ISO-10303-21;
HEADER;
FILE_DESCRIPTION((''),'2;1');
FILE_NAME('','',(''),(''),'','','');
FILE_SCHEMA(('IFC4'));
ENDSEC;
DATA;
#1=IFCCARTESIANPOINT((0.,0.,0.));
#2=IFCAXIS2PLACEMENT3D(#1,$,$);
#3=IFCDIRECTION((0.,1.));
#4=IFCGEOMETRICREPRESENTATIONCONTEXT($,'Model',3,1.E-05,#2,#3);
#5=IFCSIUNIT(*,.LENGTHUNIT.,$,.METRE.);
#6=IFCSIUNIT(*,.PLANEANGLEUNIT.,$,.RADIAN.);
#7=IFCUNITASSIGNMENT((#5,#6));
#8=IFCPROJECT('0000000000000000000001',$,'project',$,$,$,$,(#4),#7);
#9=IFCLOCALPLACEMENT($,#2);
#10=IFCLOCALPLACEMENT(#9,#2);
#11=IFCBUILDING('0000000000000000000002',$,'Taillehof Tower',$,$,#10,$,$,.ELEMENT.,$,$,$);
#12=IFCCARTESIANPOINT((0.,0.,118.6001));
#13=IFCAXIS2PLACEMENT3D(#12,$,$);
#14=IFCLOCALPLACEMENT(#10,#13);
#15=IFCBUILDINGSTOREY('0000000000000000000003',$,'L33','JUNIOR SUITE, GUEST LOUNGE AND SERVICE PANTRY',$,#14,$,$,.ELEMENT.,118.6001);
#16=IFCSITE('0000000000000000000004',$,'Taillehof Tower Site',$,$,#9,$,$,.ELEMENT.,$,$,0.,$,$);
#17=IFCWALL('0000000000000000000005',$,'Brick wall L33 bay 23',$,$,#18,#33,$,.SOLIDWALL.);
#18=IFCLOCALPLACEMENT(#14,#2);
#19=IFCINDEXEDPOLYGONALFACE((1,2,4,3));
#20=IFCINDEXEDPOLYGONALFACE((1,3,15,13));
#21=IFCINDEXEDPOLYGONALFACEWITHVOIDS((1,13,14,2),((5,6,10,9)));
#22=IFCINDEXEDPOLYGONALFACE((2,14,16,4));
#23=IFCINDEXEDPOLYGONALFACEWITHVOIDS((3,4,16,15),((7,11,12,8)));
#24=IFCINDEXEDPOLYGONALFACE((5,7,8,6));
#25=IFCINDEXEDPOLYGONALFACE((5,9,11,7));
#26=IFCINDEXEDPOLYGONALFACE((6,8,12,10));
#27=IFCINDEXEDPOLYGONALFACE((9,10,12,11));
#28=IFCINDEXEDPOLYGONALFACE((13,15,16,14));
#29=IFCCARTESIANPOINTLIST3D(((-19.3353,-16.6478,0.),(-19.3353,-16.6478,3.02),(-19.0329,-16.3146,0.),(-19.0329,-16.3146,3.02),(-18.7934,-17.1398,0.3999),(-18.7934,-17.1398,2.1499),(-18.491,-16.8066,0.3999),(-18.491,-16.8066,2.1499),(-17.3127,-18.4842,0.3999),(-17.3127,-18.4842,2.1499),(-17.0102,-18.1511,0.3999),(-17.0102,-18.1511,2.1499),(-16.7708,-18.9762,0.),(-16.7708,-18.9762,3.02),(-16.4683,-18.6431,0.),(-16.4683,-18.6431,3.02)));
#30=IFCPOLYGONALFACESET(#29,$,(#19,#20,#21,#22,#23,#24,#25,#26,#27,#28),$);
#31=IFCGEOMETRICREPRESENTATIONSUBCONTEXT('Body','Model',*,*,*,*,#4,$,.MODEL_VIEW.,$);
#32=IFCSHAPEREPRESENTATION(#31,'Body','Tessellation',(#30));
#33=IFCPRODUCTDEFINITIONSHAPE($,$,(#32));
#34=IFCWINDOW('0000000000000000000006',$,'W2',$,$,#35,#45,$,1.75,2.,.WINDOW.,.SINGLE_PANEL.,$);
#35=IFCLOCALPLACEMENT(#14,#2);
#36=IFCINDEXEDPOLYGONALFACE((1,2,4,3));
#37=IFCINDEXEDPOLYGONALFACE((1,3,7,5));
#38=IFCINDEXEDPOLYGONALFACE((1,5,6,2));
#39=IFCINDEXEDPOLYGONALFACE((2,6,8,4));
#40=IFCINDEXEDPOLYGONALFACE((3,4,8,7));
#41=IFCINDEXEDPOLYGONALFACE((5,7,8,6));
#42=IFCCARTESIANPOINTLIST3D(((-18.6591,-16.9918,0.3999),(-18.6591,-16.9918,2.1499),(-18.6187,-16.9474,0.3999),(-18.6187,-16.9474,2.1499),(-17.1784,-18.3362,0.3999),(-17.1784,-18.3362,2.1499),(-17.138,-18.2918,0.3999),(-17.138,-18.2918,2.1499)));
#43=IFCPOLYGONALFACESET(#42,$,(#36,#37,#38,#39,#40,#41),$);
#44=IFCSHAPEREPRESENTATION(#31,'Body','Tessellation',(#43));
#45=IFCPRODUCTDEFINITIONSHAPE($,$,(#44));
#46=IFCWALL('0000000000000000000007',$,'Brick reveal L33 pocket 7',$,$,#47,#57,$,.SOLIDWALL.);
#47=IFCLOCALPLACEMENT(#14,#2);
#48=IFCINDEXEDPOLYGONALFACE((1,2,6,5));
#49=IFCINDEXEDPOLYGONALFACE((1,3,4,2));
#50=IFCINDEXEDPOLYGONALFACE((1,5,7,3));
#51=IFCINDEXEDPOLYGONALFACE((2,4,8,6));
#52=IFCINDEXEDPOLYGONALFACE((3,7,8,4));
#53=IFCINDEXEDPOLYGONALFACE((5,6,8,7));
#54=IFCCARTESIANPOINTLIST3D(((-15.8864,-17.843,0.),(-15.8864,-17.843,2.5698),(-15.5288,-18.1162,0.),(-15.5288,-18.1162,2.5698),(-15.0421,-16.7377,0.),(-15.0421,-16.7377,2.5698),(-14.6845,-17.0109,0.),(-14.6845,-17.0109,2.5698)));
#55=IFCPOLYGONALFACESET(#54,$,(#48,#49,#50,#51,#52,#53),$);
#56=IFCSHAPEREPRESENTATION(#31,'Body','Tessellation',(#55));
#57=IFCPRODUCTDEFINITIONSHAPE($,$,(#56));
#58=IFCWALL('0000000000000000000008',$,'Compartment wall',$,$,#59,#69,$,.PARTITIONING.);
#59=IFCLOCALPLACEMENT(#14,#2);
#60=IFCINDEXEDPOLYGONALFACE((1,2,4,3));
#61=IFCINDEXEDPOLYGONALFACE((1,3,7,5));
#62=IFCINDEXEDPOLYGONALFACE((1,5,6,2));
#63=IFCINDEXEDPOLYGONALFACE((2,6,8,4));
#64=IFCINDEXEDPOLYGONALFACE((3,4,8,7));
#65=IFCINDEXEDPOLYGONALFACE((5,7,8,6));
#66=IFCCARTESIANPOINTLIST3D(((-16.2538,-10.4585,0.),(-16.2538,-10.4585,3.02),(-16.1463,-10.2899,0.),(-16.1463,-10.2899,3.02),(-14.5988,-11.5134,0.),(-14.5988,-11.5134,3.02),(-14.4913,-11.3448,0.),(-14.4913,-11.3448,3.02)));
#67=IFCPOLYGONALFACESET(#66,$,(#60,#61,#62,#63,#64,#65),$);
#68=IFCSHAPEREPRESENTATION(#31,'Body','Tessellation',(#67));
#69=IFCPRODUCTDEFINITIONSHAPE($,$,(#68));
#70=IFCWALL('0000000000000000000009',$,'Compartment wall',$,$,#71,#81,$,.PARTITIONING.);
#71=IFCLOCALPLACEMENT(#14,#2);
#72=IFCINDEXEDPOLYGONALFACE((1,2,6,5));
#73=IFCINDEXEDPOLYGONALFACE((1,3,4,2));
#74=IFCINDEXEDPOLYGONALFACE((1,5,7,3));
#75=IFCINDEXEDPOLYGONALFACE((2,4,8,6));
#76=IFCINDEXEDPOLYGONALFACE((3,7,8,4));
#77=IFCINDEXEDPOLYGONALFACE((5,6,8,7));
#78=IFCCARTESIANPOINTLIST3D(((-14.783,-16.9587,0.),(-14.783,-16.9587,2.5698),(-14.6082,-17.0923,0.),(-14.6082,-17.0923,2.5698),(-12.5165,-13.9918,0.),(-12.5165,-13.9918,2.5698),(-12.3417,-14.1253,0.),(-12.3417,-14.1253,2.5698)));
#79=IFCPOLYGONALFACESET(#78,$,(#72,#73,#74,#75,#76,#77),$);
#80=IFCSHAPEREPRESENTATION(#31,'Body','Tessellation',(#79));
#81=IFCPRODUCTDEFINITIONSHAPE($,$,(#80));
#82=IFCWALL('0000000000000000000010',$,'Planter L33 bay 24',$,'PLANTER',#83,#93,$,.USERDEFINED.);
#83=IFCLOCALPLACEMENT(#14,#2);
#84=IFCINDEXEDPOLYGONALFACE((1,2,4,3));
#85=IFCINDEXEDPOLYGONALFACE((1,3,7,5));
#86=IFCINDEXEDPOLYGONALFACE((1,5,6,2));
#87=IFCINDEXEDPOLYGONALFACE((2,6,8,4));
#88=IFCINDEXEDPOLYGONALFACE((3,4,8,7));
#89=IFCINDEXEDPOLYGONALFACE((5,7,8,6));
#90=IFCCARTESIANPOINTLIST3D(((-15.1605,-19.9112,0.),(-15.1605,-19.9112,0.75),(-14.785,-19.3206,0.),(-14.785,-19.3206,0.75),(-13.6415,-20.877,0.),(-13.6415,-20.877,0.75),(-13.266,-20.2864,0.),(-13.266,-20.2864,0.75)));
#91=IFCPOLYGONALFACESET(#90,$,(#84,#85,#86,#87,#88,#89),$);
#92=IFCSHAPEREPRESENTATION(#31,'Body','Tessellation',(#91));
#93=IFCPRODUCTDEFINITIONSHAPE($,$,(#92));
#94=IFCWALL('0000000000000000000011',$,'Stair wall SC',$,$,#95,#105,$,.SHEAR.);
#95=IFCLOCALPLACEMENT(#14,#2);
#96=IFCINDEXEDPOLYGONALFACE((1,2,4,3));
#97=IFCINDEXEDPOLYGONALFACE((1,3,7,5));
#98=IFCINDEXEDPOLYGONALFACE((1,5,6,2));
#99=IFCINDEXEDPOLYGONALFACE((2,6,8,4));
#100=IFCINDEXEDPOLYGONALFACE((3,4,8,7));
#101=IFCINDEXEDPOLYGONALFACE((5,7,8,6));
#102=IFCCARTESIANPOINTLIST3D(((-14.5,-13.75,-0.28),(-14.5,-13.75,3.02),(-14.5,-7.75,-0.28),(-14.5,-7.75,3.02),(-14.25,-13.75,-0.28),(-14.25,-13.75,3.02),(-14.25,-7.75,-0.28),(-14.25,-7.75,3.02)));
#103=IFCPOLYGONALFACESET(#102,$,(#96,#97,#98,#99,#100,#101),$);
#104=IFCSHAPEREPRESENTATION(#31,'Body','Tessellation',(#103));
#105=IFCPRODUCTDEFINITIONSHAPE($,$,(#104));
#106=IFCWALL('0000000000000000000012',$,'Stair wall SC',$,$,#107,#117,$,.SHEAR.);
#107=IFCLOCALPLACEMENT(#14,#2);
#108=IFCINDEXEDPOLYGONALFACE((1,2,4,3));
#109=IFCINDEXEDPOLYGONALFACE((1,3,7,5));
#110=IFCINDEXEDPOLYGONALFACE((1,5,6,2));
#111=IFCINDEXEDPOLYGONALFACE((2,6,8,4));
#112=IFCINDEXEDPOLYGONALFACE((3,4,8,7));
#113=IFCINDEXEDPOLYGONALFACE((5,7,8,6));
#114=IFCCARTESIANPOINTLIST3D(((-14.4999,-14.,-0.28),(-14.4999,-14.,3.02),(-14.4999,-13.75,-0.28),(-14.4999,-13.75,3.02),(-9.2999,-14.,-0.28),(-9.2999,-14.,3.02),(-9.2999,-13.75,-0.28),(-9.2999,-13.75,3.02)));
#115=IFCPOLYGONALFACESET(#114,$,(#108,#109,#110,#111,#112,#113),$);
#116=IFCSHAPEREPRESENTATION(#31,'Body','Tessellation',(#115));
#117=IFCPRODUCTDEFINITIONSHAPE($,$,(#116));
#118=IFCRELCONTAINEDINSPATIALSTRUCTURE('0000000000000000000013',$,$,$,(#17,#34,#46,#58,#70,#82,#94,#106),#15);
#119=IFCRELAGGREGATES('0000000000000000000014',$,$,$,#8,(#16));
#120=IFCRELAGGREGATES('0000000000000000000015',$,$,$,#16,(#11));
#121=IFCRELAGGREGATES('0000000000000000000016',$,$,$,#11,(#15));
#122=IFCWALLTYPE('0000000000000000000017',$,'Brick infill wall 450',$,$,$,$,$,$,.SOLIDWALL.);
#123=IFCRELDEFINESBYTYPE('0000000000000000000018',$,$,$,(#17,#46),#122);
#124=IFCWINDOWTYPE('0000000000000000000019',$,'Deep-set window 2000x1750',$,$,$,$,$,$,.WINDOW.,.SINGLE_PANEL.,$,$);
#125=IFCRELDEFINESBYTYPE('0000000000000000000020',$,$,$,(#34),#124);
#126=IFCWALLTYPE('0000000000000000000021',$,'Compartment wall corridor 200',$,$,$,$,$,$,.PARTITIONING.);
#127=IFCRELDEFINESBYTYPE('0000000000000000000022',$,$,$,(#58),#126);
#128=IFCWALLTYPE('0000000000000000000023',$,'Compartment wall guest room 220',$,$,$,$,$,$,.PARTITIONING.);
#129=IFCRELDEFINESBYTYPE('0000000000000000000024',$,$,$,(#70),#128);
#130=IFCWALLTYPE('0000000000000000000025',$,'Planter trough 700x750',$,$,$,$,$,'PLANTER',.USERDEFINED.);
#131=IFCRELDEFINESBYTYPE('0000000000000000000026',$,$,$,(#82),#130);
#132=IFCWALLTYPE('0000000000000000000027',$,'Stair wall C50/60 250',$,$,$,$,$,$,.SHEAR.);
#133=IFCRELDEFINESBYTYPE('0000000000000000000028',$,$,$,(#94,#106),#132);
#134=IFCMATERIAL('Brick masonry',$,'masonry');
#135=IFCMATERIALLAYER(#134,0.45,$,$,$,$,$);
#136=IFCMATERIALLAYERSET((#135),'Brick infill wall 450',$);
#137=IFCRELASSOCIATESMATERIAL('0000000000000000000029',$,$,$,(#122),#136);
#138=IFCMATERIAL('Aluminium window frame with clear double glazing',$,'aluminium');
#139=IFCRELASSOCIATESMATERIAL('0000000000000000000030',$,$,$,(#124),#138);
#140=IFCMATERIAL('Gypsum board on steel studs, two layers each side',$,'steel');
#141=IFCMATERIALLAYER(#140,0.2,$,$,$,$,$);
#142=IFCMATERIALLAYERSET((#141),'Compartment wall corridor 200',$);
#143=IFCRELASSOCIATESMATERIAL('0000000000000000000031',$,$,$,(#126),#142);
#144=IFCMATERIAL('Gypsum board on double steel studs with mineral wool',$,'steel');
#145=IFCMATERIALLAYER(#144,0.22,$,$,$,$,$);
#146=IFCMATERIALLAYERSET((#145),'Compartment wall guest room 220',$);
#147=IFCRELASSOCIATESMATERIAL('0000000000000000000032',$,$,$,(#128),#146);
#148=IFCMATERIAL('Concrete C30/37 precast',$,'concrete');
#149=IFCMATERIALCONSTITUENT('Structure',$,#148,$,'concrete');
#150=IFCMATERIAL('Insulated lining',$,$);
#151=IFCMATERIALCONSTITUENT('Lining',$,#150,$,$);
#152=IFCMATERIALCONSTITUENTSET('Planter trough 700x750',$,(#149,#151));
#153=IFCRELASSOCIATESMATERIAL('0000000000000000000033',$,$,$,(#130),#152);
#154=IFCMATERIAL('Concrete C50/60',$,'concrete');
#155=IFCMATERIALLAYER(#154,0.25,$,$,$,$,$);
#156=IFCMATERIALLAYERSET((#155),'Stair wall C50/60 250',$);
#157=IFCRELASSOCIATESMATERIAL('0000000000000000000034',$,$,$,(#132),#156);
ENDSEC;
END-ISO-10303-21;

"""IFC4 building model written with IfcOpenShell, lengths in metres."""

from ifc_helpers import new_model, si_unit, direction, frame, frame_2d, origin, place, context, subcontext, project, spatial, rectangle, extrude, material, layer, layer_set, constituent, constituent_set, type_object, element, fill, save


model = new_model("IFC4")

# Units and contexts
model_context = context("Model", 3, precision=1e-05, world=origin(), true_north=direction((0.0, 1.0)))
body_context = subcontext(model_context, "Body", "Model", "MODEL_VIEW")
ifc_project = project(units=[si_unit("LENGTHUNIT", "METRE"), si_unit("PLANEANGLEUNIT", "RADIAN")], contexts=[model_context])

# Site, building, storey
site_placement = place(None, origin())
site = spatial("IfcSite", under=ifc_project, at=site_placement, Name="Taillehof Tower Site", CompositionType="ELEMENT", RefElevation=0.0)
building_placement = place(site_placement, origin())
building = spatial("IfcBuilding", under=site, at=building_placement, Name="Taillehof Tower", CompositionType="ELEMENT")
storey_placement = place(building_placement, frame((0.0, 0.0, 118.6001)))
storey = spatial("IfcBuildingStorey", under=building, at=storey_placement, Name="L33", Description="JUNIOR SUITE, GUEST LOUNGE AND SERVICE PANTRY", CompositionType="ELEMENT", Elevation=118.6001)

# Wall, opening, window
ifc_material_1 = material(Name="Brick masonry", Category="masonry")
ifc_layer_1 = layer(ifc_material_1, 0.45)
ifc_layer_set_1 = layer_set([ifc_layer_1], Name="Brick infill wall 450")
wall_type_1 = type_object("IfcWallType", Name="Brick infill wall 450", PredefinedType="SOLIDWALL", material=ifc_layer_set_1)
ifc_material_2 = material(Name="Aluminium window frame with clear double glazing", Category="aluminium")
window_type_1 = type_object("IfcWindowType", Name="Deep-set window 2000x1750", PartitioningType="SINGLE_PANEL", PredefinedType="WINDOW", material=ifc_material_2)
wall_1_placement = place(storey_placement, frame((-19.1841, -16.4812, 0.0), z_axis=(0.0, 0.0, 1.0), x_axis=(0.740364, -0.672206, 0.0)))
wall_1 = element("IfcWall", 1, at=wall_1_placement, inside=storey, type_object=wall_type_1, Name="Brick wall L33 bay 23", PredefinedType="SOLIDWALL", context=body_context, shape_type="SweptSolid", body=[
    extrude(rectangle(XDim=3.4639, YDim=0.45, at=frame_2d((1.7319, 0.0))), origin(), (0.0, 0.0, 1.0), 3.02),
])
opening_1_placement = place(wall_1_placement, frame((0.7319, 0.0, 0.3999)))
opening_1 = element("IfcOpeningElement", 2, at=opening_1_placement, cuts=wall_1, PredefinedType="OPENING", context=body_context, shape_type="SweptSolid", body=[
    extrude(rectangle(XDim=2.0, YDim=1.75, at=frame_2d((1.0, 0.875))), frame((0.0, 0.2349, 0.0), z_axis=(0.0, -1.0, 0.0), x_axis=(1.0, 0.0, 0.0)), (0.0, 0.0, 1.0), 0.47),
])
window_1_placement = place(opening_1_placement, origin())
window_1 = element("IfcWindow", 3, at=window_1_placement, inside=storey, type_object=window_type_1, Name="W2", OverallHeight=1.75, OverallWidth=2.0, PartitioningType="SINGLE_PANEL", PredefinedType="WINDOW", context=body_context, shape_type="SweptSolid", body=[
    extrude(rectangle(XDim=2.0, YDim=1.75, at=frame_2d((1.0, 0.875))), frame((0.0, 0.0349, 0.0), z_axis=(0.0, -1.0, 0.0), x_axis=(1.0, 0.0, 0.0)), (0.0, 0.0, 1.0), 0.0601),
])
fill(opening_1, window_1)

# Wall
wall_2_placement = place(storey_placement, frame((-15.7075, -17.9795, 0.0), z_axis=(0.0, 0.0, 1.0), x_axis=(0.607026, 0.794682, 0.0)))
element("IfcWall", 4, at=wall_2_placement, inside=storey, type_object=wall_type_1, Name="Brick reveal L33 pocket 7", PredefinedType="SOLIDWALL", context=body_context, shape_type="SweptSolid", body=[
    extrude(rectangle(XDim=1.3909, YDim=0.45, at=frame_2d((0.6953, 0.0))), origin(), (0.0, 0.0, 1.0), 2.5698),
])

# Walls
ifc_material_3 = material(Name="Gypsum board on steel studs, two layers each side", Category="steel")
ifc_layer_2 = layer(ifc_material_3, 0.2)
ifc_layer_set_2 = layer_set([ifc_layer_2], Name="Compartment wall corridor 200")
wall_type_2 = type_object("IfcWallType", Name="Compartment wall corridor 200", PredefinedType="PARTITIONING", material=ifc_layer_set_2)
wall_3_placement = place(storey_placement, frame((-14.5449, -11.4292, 0.0), z_axis=(0.0, 0.0, 1.0), x_axis=(-0.843262, 0.537503, 0.0)))
element("IfcWall", 5, at=wall_3_placement, inside=storey, type_object=wall_type_2, Name="Compartment wall", PredefinedType="PARTITIONING", context=body_context, shape_type="SweptSolid", body=[
    extrude(rectangle(XDim=1.9626, YDim=0.2, at=frame_2d((0.9814, 0.0))), origin(), (0.0, 0.0, 1.0), 3.02),
])
ifc_material_4 = material(Name="Gypsum board on double steel studs with mineral wool", Category="steel")
ifc_layer_3 = layer(ifc_material_4, 0.22)
ifc_layer_set_3 = layer_set([ifc_layer_3], Name="Compartment wall guest room 220")
wall_type_3 = type_object("IfcWallType", Name="Compartment wall guest room 220", PredefinedType="PARTITIONING", material=ifc_layer_set_3)
wall_4_placement = place(storey_placement, frame((-14.6956, -17.0254, 0.0), z_axis=(0.0, 0.0, 1.0), x_axis=(0.607059, 0.794657, 0.0)))
element("IfcWall", 6, at=wall_4_placement, inside=storey, type_object=wall_type_3, Name="Compartment wall", PredefinedType="PARTITIONING", context=body_context, shape_type="SweptSolid", body=[
    extrude(rectangle(XDim=3.7336, YDim=0.22, at=frame_2d((1.8667, 0.0))), origin(), (0.0, 0.0, 1.0), 2.5698),
])
ifc_material_5 = material(Name="Concrete C30/37 precast", Category="concrete")
ifc_constituent_1 = constituent(ifc_material_5, Name="Structure", Category="concrete")
ifc_material_6 = material(Name="Insulated lining")
ifc_constituent_2 = constituent(ifc_material_6, Name="Lining")
ifc_constituent_set = constituent_set(constituents=[ifc_constituent_1, ifc_constituent_2], Name="Planter trough 700x750")
wall_type_4 = type_object("IfcWallType", Name="Planter trough 700x750", ElementType="PLANTER", PredefinedType="USERDEFINED", material=ifc_constituent_set)
wall_5_placement = place(storey_placement, frame((-14.9727, -19.616, 0.0), z_axis=(0.0, 0.0, 1.0), x_axis=(0.843874, -0.536542, 0.0)))
element("IfcWall", 7, at=wall_5_placement, inside=storey, type_object=wall_type_4, Name="Planter L33 bay 24", ObjectType="PLANTER", PredefinedType="USERDEFINED", context=body_context, shape_type="SweptSolid", body=[
    extrude(rectangle(XDim=1.8, YDim=0.7, at=frame_2d((0.8999, 0.0))), origin(), (0.0, 0.0, 1.0), 0.75),
])
ifc_material_7 = material(Name="Concrete C50/60", Category="concrete")
ifc_layer_4 = layer(ifc_material_7, 0.25)
ifc_layer_set_4 = layer_set([ifc_layer_4], Name="Stair wall C50/60 250")
wall_type_5 = type_object("IfcWallType", Name="Stair wall C50/60 250", PredefinedType="SHEAR", material=ifc_layer_set_4)
wall_6_placement = place(storey_placement, frame((-14.375, -13.75, -0.28), z_axis=(0.0, 0.0, 1.0), x_axis=(0.0, 1.0, 0.0)))
element("IfcWall", 8, at=wall_6_placement, inside=storey, type_object=wall_type_5, Name="Stair wall SC", PredefinedType="SHEAR", context=body_context, shape_type="SweptSolid", body=[
    extrude(rectangle(XDim=6.0, YDim=0.25, at=frame_2d((3.0, 0.0))), origin(), (0.0, 0.0, 1.0), 3.3),
])
wall_7_placement = place(storey_placement, frame((-14.5, -13.875, -0.28), z_axis=(0.0, 0.0, 1.0), x_axis=(1.0, 0.0, 0.0)))
element("IfcWall", 9, at=wall_7_placement, inside=storey, type_object=wall_type_5, Name="Stair wall SC", PredefinedType="SHEAR", context=body_context, shape_type="SweptSolid", body=[
    extrude(rectangle(XDim=5.2, YDim=0.25, at=frame_2d((2.6001, 0.0))), origin(), (0.0, 0.0, 1.0), 3.3),
])

save(model, "model.ifc")
